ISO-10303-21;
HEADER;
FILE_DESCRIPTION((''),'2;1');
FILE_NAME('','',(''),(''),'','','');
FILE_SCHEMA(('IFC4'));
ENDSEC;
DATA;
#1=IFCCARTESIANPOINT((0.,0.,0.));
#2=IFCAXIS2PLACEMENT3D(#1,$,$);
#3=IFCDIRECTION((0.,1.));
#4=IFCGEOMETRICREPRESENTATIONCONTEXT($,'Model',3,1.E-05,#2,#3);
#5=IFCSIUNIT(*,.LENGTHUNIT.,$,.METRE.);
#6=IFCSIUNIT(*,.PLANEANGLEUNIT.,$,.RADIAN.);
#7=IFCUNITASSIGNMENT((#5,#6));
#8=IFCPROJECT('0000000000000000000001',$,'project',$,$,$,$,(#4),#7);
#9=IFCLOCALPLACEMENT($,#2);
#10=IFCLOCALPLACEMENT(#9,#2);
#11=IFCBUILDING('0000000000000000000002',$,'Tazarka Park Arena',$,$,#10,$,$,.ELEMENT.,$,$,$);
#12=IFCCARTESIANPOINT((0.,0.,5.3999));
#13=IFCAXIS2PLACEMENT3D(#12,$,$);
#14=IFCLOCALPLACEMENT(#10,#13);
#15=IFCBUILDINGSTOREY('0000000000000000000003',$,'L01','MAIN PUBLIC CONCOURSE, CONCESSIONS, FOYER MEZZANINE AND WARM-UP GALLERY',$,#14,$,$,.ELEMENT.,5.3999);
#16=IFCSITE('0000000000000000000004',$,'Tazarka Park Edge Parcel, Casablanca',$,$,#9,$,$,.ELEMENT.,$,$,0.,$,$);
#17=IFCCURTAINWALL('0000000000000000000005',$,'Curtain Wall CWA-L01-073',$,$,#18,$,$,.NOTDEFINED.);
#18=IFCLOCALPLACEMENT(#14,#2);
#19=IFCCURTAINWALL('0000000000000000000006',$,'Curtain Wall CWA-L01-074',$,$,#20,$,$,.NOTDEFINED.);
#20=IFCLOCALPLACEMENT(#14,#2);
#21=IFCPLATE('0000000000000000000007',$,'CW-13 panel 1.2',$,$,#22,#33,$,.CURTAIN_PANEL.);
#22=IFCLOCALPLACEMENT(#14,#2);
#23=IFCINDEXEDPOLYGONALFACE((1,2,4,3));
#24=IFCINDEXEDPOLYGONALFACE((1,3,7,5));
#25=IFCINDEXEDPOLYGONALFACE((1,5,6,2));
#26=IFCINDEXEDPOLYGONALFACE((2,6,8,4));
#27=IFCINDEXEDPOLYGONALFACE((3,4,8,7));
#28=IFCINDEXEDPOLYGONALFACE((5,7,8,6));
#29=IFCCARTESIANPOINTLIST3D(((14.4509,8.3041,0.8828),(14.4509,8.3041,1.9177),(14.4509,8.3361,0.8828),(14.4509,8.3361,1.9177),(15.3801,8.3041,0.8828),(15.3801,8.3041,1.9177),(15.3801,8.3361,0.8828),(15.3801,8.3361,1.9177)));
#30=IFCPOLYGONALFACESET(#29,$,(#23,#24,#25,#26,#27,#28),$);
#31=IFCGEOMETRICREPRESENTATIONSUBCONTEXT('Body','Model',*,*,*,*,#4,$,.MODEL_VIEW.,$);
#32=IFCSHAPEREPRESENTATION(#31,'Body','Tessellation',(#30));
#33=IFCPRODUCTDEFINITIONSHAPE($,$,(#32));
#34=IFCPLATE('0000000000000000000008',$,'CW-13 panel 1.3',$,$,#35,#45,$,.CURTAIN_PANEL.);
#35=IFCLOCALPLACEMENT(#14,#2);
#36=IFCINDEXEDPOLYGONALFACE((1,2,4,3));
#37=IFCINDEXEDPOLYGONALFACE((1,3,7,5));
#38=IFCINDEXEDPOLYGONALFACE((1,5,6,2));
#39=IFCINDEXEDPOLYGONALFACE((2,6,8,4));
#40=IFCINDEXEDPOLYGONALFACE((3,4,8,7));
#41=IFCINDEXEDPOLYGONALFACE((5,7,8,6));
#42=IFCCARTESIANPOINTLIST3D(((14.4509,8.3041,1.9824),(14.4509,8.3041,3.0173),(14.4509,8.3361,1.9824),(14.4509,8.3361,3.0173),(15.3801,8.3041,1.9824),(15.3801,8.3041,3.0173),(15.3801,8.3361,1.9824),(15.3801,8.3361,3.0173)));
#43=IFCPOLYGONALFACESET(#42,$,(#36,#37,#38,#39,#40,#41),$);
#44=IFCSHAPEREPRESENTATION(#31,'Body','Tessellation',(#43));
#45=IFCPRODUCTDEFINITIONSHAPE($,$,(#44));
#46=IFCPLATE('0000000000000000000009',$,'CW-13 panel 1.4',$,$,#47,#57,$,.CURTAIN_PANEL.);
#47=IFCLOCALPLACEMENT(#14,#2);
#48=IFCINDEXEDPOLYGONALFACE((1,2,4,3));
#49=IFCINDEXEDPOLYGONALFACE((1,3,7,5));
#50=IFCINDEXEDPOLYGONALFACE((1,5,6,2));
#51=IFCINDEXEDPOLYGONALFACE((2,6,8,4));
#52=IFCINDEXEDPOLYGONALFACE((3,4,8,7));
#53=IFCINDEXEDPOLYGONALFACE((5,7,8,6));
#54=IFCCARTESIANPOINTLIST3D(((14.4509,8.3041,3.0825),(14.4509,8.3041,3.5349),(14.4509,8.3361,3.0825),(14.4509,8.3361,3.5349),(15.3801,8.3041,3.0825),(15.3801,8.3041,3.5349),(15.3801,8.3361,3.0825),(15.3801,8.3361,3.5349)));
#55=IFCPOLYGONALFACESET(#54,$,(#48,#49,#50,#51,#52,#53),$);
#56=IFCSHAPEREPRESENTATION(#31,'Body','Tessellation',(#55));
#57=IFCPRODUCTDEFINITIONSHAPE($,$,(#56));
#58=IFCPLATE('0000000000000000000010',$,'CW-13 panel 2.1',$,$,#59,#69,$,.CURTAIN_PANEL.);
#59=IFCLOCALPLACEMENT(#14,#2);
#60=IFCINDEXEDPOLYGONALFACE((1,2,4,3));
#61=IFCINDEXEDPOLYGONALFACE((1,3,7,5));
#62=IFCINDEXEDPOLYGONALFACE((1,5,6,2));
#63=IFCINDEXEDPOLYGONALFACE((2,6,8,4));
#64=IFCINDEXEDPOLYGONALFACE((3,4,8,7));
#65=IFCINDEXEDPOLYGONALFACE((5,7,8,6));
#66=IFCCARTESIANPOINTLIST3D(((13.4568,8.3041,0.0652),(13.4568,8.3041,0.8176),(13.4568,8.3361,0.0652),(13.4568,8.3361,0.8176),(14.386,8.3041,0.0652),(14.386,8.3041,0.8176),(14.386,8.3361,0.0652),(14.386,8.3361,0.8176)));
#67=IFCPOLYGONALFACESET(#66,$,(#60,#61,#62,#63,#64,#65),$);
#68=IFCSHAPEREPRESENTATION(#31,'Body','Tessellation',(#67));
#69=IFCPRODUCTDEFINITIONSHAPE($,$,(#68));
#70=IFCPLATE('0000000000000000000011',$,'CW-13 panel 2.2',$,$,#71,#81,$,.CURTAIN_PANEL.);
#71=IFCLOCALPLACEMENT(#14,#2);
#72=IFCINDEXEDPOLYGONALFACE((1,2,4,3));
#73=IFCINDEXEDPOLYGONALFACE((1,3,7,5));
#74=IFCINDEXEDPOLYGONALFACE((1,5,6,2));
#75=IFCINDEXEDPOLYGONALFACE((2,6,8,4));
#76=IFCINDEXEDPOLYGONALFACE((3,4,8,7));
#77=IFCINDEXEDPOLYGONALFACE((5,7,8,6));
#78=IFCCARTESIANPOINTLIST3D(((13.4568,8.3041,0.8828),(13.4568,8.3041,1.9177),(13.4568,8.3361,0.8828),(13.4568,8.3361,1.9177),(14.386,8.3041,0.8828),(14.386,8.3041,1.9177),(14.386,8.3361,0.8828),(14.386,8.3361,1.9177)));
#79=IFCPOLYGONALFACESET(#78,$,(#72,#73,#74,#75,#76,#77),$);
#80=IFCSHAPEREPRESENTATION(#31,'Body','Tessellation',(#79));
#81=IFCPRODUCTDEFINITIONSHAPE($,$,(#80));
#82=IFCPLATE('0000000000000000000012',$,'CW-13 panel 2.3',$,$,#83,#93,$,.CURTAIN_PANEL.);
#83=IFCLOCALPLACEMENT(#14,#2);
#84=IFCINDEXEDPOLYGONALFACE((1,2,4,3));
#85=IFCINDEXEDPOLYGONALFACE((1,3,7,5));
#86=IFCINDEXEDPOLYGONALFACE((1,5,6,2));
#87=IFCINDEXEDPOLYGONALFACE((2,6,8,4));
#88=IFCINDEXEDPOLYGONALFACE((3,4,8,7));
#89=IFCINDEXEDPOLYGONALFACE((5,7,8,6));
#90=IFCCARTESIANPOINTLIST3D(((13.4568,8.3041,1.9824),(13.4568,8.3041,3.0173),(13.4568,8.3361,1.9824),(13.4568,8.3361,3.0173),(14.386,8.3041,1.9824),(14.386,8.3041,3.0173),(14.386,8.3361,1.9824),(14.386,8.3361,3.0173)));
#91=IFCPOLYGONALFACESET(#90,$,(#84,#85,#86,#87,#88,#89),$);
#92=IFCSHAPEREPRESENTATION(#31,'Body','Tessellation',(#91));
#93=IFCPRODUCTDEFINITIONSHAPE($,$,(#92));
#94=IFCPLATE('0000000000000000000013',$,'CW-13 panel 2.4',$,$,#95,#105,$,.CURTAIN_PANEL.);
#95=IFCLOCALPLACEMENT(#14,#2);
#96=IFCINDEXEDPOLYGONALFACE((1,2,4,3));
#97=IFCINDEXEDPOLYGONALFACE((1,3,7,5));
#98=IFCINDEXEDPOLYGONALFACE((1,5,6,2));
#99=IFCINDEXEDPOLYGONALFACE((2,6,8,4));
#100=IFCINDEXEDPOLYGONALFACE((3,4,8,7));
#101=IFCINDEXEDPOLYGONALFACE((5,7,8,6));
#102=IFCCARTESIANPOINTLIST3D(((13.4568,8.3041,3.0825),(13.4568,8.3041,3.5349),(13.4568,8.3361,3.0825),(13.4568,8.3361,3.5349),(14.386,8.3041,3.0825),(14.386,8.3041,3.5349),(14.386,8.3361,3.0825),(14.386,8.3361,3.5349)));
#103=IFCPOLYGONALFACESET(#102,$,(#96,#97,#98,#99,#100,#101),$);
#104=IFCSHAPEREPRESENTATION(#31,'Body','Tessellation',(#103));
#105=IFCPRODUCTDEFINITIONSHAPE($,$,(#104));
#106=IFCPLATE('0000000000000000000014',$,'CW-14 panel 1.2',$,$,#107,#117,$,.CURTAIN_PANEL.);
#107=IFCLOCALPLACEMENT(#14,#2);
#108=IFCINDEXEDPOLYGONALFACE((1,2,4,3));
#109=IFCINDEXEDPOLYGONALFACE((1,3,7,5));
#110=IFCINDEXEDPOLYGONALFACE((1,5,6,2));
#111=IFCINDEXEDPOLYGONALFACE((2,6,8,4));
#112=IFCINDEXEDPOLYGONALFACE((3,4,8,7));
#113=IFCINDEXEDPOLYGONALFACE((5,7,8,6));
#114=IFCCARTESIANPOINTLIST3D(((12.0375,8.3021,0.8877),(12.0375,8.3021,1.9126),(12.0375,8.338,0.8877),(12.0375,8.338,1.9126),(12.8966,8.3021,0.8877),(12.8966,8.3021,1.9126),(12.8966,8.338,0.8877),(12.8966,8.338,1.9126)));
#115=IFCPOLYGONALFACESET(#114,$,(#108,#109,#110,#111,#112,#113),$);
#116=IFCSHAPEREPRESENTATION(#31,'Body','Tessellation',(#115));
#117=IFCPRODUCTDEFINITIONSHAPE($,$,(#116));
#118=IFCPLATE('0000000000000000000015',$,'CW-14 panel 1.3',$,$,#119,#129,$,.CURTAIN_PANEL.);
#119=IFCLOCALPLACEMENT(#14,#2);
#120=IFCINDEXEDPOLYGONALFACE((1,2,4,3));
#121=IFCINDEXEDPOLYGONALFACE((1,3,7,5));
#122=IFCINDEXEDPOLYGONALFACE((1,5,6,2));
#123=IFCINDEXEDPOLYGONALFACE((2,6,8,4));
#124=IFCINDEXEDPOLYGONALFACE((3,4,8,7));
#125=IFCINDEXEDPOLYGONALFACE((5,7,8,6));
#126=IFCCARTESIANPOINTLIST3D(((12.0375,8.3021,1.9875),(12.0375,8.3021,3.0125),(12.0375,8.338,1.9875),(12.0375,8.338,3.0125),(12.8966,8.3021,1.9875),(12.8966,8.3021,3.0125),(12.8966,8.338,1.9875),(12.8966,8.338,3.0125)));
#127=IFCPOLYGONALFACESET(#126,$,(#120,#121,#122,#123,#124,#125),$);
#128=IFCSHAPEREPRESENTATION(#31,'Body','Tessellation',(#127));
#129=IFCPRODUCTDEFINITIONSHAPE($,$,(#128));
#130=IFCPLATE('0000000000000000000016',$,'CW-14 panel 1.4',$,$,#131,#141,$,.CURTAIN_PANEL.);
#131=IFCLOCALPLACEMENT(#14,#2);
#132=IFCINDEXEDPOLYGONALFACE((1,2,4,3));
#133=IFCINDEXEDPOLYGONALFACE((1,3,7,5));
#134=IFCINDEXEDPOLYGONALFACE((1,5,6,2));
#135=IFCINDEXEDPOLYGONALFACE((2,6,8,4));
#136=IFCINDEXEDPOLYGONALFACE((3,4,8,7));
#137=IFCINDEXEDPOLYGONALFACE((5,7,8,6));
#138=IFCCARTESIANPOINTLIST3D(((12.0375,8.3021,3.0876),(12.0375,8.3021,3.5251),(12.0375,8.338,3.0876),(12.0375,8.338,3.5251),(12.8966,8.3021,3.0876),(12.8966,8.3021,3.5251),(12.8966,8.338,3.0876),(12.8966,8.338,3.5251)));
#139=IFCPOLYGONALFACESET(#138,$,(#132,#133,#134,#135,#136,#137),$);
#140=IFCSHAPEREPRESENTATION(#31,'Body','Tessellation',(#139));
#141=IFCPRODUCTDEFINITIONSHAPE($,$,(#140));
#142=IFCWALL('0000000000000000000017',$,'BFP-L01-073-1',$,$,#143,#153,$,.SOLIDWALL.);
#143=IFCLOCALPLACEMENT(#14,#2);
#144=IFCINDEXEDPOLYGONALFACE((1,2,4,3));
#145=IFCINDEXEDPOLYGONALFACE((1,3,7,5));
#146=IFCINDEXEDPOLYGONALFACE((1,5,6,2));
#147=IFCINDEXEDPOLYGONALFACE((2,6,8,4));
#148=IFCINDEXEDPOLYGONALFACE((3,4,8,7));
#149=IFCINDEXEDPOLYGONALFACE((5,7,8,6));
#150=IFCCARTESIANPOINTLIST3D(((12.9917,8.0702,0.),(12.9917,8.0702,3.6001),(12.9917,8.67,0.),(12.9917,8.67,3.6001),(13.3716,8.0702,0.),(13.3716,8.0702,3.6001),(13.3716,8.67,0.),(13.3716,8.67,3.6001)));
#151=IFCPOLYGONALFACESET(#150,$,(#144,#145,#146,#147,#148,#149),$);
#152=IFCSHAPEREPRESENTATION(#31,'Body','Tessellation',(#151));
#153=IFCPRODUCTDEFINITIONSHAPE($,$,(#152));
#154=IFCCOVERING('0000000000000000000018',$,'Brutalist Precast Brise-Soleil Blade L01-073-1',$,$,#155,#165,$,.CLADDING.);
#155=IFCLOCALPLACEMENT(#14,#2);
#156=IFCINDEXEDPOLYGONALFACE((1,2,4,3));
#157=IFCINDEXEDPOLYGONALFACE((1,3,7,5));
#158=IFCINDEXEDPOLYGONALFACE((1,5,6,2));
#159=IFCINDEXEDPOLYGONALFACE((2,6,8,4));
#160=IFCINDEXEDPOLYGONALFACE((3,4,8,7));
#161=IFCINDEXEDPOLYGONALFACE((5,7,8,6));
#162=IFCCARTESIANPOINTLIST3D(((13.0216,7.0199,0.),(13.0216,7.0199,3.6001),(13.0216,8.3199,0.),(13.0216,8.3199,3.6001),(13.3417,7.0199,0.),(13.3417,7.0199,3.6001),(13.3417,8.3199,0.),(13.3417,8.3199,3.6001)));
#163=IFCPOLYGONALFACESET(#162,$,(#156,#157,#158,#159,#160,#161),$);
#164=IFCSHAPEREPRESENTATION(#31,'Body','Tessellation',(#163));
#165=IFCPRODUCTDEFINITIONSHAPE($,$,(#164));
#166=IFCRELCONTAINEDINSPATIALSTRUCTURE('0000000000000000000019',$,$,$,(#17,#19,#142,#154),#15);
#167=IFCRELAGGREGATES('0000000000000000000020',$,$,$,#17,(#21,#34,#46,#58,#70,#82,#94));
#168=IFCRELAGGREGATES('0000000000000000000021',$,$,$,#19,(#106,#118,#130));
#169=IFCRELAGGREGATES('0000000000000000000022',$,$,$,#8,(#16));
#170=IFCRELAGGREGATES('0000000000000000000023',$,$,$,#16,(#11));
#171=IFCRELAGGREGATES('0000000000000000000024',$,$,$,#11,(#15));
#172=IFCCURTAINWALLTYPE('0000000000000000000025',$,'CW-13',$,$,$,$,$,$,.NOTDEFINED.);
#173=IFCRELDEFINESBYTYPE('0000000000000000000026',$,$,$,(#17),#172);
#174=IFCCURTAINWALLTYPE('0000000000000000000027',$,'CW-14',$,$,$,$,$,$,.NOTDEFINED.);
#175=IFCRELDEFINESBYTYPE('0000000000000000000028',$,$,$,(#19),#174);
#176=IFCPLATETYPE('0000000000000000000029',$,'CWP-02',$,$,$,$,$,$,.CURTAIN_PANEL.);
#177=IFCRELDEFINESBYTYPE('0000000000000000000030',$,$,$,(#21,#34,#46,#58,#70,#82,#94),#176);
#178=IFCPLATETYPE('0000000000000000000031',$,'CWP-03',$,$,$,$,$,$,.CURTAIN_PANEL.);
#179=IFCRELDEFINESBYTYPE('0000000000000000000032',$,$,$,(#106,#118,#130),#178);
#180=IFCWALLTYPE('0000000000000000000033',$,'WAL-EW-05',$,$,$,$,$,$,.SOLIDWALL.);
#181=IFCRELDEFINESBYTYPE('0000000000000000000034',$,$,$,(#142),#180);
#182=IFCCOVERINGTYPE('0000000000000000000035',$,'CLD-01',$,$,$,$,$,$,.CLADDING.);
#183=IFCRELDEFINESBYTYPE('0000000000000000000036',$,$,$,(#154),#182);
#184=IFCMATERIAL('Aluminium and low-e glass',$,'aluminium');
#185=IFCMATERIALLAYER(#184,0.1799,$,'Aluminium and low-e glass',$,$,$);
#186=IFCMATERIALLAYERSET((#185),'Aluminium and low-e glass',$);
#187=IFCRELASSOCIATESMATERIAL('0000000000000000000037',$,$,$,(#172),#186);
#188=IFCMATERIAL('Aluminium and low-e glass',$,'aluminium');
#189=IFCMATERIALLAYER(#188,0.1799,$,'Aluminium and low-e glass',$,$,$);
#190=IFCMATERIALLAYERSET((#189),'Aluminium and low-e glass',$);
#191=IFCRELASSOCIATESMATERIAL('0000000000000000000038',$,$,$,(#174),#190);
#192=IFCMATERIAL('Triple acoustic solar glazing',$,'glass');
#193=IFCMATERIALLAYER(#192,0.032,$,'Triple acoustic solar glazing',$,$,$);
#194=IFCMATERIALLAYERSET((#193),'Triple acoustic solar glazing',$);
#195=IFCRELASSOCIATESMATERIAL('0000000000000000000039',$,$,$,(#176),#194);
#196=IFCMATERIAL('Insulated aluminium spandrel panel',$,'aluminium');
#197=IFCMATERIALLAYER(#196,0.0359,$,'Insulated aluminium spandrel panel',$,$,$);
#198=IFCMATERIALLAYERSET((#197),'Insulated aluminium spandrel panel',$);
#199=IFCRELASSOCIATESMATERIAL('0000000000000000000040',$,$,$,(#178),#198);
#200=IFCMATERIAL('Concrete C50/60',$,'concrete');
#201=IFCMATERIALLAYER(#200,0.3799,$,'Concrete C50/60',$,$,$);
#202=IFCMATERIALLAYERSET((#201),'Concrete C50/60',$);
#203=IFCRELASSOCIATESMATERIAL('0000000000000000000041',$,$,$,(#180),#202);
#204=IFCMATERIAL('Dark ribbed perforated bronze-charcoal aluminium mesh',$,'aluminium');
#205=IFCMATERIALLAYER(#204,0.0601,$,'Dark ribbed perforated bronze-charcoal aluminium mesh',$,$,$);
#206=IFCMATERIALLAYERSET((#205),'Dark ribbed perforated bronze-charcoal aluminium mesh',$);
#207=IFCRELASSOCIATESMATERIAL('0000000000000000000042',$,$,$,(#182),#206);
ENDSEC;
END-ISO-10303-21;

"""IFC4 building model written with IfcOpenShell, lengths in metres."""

from ifc_helpers import new_model, si_unit, direction, frame, frame_2d, origin, origin_2d, place, context, subcontext, project, spatial, rectangle, extrude, material, layer, layer_set, type_object, element, aggregate, save


model = new_model("IFC4")

# Units and contexts
model_context = context("Model", 3, precision=1e-05, world=origin(), true_north=direction((0.0, 1.0)))
body_context = subcontext(model_context, "Body", "Model", "MODEL_VIEW")
ifc_project = project(units=[si_unit("LENGTHUNIT", "METRE"), si_unit("PLANEANGLEUNIT", "RADIAN")], contexts=[model_context])

# Site, building, storey
site_placement = place(None, origin())
site = spatial("IfcSite", under=ifc_project, at=site_placement, Name="Tazarka Park Edge Parcel, Casablanca", CompositionType="ELEMENT", RefElevation=0.0)
building_placement = place(site_placement, origin())
building = spatial("IfcBuilding", under=site, at=building_placement, Name="Tazarka Park Arena", CompositionType="ELEMENT")
storey_placement = place(building_placement, frame((0.0, 0.0, 5.3999)))
storey = spatial("IfcBuildingStorey", under=building, at=storey_placement, Name="L01", Description="MAIN PUBLIC CONCOURSE, CONCESSIONS, FOYER MEZZANINE AND WARM-UP GALLERY", CompositionType="ELEMENT", Elevation=5.3999)

# Curtain wall
ifc_material_1 = material(Name="Aluminium and low-e glass", Category="aluminium")
ifc_layer_1 = layer(ifc_material_1, 0.1799, Name="Aluminium and low-e glass")
ifc_layer_set_1 = layer_set([ifc_layer_1], Name="Aluminium and low-e glass")
curtain_wall_type_1 = type_object("IfcCurtainWallType", Name="CW-13", PredefinedType="NOTDEFINED", material=ifc_layer_set_1)
curtain_wall_1_placement = place(storey_placement, origin())
curtain_wall_1 = element("IfcCurtainWall", 1, at=curtain_wall_1_placement, inside=storey, type_object=curtain_wall_type_1, Name="Curtain Wall CWA-L01-073", PredefinedType="NOTDEFINED")

# Curtain wall
ifc_material_2 = material(Name="Aluminium and low-e glass", Category="aluminium")
ifc_layer_2 = layer(ifc_material_2, 0.1799, Name="Aluminium and low-e glass")
ifc_layer_set_2 = layer_set([ifc_layer_2], Name="Aluminium and low-e glass")
curtain_wall_type_2 = type_object("IfcCurtainWallType", Name="CW-14", PredefinedType="NOTDEFINED", material=ifc_layer_set_2)
curtain_wall_2_placement = place(storey_placement, origin())
curtain_wall_2 = element("IfcCurtainWall", 2, at=curtain_wall_2_placement, inside=storey, type_object=curtain_wall_type_2, Name="Curtain Wall CWA-L01-074", PredefinedType="NOTDEFINED")

# Plates
ifc_material_3 = material(Name="Triple acoustic solar glazing", Category="glass")
ifc_layer_3 = layer(ifc_material_3, 0.032, Name="Triple acoustic solar glazing")
ifc_layer_set_3 = layer_set([ifc_layer_3], Name="Triple acoustic solar glazing")
plate_type_1 = type_object("IfcPlateType", Name="CWP-02", PredefinedType="CURTAIN_PANEL", material=ifc_layer_set_3)
plate_1_placement = place(storey_placement, frame((14.9155, 8.3201, 0.8828), z_axis=(0.0, 0.0, 1.0), x_axis=(-1.0, 0.0, 0.0)))
plate_1 = element("IfcPlate", 3, at=plate_1_placement, type_object=plate_type_1, Name="CW-13 panel 1.2", PredefinedType="CURTAIN_PANEL", context=body_context, shape_type="SweptSolid", body=[
    extrude(rectangle(XDim=0.9292, YDim=0.032, at=origin_2d()), origin(), (0.0, 0.0, 1.0), 1.0349),
])
plate_2_placement = place(storey_placement, frame((14.9155, 8.3201, 1.9824), z_axis=(0.0, 0.0, 1.0), x_axis=(-1.0, 0.0, 0.0)))
plate_2 = element("IfcPlate", 4, at=plate_2_placement, type_object=plate_type_1, Name="CW-13 panel 1.3", PredefinedType="CURTAIN_PANEL", context=body_context, shape_type="SweptSolid", body=[
    extrude(rectangle(XDim=0.9292, YDim=0.032, at=origin_2d()), origin(), (0.0, 0.0, 1.0), 1.0349),
])
plate_3_placement = place(storey_placement, frame((14.9155, 8.3201, 3.0825), z_axis=(0.0, 0.0, 1.0), x_axis=(-1.0, 0.0, 0.0)))
plate_3 = element("IfcPlate", 5, at=plate_3_placement, type_object=plate_type_1, Name="CW-13 panel 1.4", PredefinedType="CURTAIN_PANEL", context=body_context, shape_type="SweptSolid", body=[
    extrude(rectangle(XDim=0.9292, YDim=0.032, at=origin_2d()), origin(), (0.0, 0.0, 1.0), 0.4524),
])
plate_4_placement = place(storey_placement, frame((13.9214, 8.3201, 0.0652), z_axis=(0.0, 0.0, 1.0), x_axis=(-1.0, 0.0, 0.0)))
plate_4 = element("IfcPlate", 6, at=plate_4_placement, type_object=plate_type_1, Name="CW-13 panel 2.1", PredefinedType="CURTAIN_PANEL", context=body_context, shape_type="SweptSolid", body=[
    extrude(rectangle(XDim=0.9292, YDim=0.032, at=origin_2d()), origin(), (0.0, 0.0, 1.0), 0.7524),
])
plate_5_placement = place(storey_placement, frame((13.9214, 8.3201, 0.8828), z_axis=(0.0, 0.0, 1.0), x_axis=(-1.0, 0.0, 0.0)))
plate_5 = element("IfcPlate", 7, at=plate_5_placement, type_object=plate_type_1, Name="CW-13 panel 2.2", PredefinedType="CURTAIN_PANEL", context=body_context, shape_type="SweptSolid", body=[
    extrude(rectangle(XDim=0.9292, YDim=0.032, at=origin_2d()), origin(), (0.0, 0.0, 1.0), 1.0349),
])
plate_6_placement = place(storey_placement, frame((13.9214, 8.3201, 1.9824), z_axis=(0.0, 0.0, 1.0), x_axis=(-1.0, 0.0, 0.0)))
plate_6 = element("IfcPlate", 8, at=plate_6_placement, type_object=plate_type_1, Name="CW-13 panel 2.3", PredefinedType="CURTAIN_PANEL", context=body_context, shape_type="SweptSolid", body=[
    extrude(rectangle(XDim=0.9292, YDim=0.032, at=origin_2d()), origin(), (0.0, 0.0, 1.0), 1.0349),
])
plate_7_placement = place(storey_placement, frame((13.9214, 8.3201, 3.0825), z_axis=(0.0, 0.0, 1.0), x_axis=(-1.0, 0.0, 0.0)))
plate_7 = element("IfcPlate", 9, at=plate_7_placement, type_object=plate_type_1, Name="CW-13 panel 2.4", PredefinedType="CURTAIN_PANEL", context=body_context, shape_type="SweptSolid", body=[
    extrude(rectangle(XDim=0.9292, YDim=0.032, at=origin_2d()), origin(), (0.0, 0.0, 1.0), 0.4524),
])
aggregate(curtain_wall_1, [plate_1, plate_2, plate_3, plate_4, plate_5, plate_6, plate_7])
ifc_material_4 = material(Name="Insulated aluminium spandrel panel", Category="aluminium")
ifc_layer_4 = layer(ifc_material_4, 0.0359, Name="Insulated aluminium spandrel panel")
ifc_layer_set_4 = layer_set([ifc_layer_4], Name="Insulated aluminium spandrel panel")
plate_type_2 = type_object("IfcPlateType", Name="CWP-03", PredefinedType="CURTAIN_PANEL", material=ifc_layer_set_4)
plate_8_placement = place(storey_placement, frame((12.467, 8.3201, 0.8877), z_axis=(0.0, 0.0, 1.0), x_axis=(-1.0, 0.0, 0.0)))
plate_8 = element("IfcPlate", 10, at=plate_8_placement, type_object=plate_type_2, Name="CW-14 panel 1.2", PredefinedType="CURTAIN_PANEL", context=body_context, shape_type="SweptSolid", body=[
    extrude(rectangle(XDim=0.8591, YDim=0.0359, at=origin_2d()), origin(), (0.0, 0.0, 1.0), 1.0249),
])
plate_9_placement = place(storey_placement, frame((12.467, 8.3201, 1.9875), z_axis=(0.0, 0.0, 1.0), x_axis=(-1.0, 0.0, 0.0)))
plate_9 = element("IfcPlate", 11, at=plate_9_placement, type_object=plate_type_2, Name="CW-14 panel 1.3", PredefinedType="CURTAIN_PANEL", context=body_context, shape_type="SweptSolid", body=[
    extrude(rectangle(XDim=0.8591, YDim=0.0359, at=origin_2d()), origin(), (0.0, 0.0, 1.0), 1.0249),
])
plate_10_placement = place(storey_placement, frame((12.467, 8.3201, 3.0876), z_axis=(0.0, 0.0, 1.0), x_axis=(-1.0, 0.0, 0.0)))
plate_10 = element("IfcPlate", 12, at=plate_10_placement, type_object=plate_type_2, Name="CW-14 panel 1.4", PredefinedType="CURTAIN_PANEL", context=body_context, shape_type="SweptSolid", body=[
    extrude(rectangle(XDim=0.8591, YDim=0.0359, at=origin_2d()), origin(), (0.0, 0.0, 1.0), 0.4375),
])
aggregate(curtain_wall_2, [plate_8, plate_9, plate_10])

# Wall
ifc_material_5 = material(Name="Concrete C50/60", Category="concrete")
ifc_layer_5 = layer(ifc_material_5, 0.3799, Name="Concrete C50/60")
ifc_layer_set_5 = layer_set([ifc_layer_5], Name="Concrete C50/60")
wall_type = type_object("IfcWallType", Name="WAL-EW-05", PredefinedType="SOLIDWALL", material=ifc_layer_set_5)
wall_placement = place(storey_placement, frame((13.1816, 8.6699, 0.0), z_axis=(0.0, 0.0, 1.0), x_axis=(0.0, -1.0, 0.0)))
element("IfcWall", 13, at=wall_placement, inside=storey, type_object=wall_type, Name="BFP-L01-073-1", PredefinedType="SOLIDWALL", context=body_context, shape_type="SweptSolid", body=[
    extrude(rectangle(XDim=0.5999, YDim=0.3799, at=frame_2d((0.2998, 0.0))), origin(), (0.0, 0.0, 1.0), 3.6001),
])

# Covering
ifc_material_6 = material(Name="Dark ribbed perforated bronze-charcoal aluminium mesh", Category="aluminium")
ifc_layer_6 = layer(ifc_material_6, 0.0601, Name="Dark ribbed perforated bronze-charcoal aluminium mesh")
ifc_layer_set_6 = layer_set([ifc_layer_6], Name="Dark ribbed perforated bronze-charcoal aluminium mesh")
covering_type = type_object("IfcCoveringType", Name="CLD-01", PredefinedType="CLADDING", material=ifc_layer_set_6)
covering_placement = place(storey_placement, frame((13.1816, 7.6699, 0.0), z_axis=(0.0, 0.0, 1.0), x_axis=(-1.0, 0.0, 0.0)))
element("IfcCovering", 14, at=covering_placement, inside=storey, type_object=covering_type, Name="Brutalist Precast Brise-Soleil Blade L01-073-1", PredefinedType="CLADDING", context=body_context, shape_type="SweptSolid", body=[
    extrude(rectangle(XDim=0.3201, YDim=1.3, at=origin_2d()), origin(), (0.0, 0.0, 1.0), 3.6001),
])

save(model, "model.ifc")
